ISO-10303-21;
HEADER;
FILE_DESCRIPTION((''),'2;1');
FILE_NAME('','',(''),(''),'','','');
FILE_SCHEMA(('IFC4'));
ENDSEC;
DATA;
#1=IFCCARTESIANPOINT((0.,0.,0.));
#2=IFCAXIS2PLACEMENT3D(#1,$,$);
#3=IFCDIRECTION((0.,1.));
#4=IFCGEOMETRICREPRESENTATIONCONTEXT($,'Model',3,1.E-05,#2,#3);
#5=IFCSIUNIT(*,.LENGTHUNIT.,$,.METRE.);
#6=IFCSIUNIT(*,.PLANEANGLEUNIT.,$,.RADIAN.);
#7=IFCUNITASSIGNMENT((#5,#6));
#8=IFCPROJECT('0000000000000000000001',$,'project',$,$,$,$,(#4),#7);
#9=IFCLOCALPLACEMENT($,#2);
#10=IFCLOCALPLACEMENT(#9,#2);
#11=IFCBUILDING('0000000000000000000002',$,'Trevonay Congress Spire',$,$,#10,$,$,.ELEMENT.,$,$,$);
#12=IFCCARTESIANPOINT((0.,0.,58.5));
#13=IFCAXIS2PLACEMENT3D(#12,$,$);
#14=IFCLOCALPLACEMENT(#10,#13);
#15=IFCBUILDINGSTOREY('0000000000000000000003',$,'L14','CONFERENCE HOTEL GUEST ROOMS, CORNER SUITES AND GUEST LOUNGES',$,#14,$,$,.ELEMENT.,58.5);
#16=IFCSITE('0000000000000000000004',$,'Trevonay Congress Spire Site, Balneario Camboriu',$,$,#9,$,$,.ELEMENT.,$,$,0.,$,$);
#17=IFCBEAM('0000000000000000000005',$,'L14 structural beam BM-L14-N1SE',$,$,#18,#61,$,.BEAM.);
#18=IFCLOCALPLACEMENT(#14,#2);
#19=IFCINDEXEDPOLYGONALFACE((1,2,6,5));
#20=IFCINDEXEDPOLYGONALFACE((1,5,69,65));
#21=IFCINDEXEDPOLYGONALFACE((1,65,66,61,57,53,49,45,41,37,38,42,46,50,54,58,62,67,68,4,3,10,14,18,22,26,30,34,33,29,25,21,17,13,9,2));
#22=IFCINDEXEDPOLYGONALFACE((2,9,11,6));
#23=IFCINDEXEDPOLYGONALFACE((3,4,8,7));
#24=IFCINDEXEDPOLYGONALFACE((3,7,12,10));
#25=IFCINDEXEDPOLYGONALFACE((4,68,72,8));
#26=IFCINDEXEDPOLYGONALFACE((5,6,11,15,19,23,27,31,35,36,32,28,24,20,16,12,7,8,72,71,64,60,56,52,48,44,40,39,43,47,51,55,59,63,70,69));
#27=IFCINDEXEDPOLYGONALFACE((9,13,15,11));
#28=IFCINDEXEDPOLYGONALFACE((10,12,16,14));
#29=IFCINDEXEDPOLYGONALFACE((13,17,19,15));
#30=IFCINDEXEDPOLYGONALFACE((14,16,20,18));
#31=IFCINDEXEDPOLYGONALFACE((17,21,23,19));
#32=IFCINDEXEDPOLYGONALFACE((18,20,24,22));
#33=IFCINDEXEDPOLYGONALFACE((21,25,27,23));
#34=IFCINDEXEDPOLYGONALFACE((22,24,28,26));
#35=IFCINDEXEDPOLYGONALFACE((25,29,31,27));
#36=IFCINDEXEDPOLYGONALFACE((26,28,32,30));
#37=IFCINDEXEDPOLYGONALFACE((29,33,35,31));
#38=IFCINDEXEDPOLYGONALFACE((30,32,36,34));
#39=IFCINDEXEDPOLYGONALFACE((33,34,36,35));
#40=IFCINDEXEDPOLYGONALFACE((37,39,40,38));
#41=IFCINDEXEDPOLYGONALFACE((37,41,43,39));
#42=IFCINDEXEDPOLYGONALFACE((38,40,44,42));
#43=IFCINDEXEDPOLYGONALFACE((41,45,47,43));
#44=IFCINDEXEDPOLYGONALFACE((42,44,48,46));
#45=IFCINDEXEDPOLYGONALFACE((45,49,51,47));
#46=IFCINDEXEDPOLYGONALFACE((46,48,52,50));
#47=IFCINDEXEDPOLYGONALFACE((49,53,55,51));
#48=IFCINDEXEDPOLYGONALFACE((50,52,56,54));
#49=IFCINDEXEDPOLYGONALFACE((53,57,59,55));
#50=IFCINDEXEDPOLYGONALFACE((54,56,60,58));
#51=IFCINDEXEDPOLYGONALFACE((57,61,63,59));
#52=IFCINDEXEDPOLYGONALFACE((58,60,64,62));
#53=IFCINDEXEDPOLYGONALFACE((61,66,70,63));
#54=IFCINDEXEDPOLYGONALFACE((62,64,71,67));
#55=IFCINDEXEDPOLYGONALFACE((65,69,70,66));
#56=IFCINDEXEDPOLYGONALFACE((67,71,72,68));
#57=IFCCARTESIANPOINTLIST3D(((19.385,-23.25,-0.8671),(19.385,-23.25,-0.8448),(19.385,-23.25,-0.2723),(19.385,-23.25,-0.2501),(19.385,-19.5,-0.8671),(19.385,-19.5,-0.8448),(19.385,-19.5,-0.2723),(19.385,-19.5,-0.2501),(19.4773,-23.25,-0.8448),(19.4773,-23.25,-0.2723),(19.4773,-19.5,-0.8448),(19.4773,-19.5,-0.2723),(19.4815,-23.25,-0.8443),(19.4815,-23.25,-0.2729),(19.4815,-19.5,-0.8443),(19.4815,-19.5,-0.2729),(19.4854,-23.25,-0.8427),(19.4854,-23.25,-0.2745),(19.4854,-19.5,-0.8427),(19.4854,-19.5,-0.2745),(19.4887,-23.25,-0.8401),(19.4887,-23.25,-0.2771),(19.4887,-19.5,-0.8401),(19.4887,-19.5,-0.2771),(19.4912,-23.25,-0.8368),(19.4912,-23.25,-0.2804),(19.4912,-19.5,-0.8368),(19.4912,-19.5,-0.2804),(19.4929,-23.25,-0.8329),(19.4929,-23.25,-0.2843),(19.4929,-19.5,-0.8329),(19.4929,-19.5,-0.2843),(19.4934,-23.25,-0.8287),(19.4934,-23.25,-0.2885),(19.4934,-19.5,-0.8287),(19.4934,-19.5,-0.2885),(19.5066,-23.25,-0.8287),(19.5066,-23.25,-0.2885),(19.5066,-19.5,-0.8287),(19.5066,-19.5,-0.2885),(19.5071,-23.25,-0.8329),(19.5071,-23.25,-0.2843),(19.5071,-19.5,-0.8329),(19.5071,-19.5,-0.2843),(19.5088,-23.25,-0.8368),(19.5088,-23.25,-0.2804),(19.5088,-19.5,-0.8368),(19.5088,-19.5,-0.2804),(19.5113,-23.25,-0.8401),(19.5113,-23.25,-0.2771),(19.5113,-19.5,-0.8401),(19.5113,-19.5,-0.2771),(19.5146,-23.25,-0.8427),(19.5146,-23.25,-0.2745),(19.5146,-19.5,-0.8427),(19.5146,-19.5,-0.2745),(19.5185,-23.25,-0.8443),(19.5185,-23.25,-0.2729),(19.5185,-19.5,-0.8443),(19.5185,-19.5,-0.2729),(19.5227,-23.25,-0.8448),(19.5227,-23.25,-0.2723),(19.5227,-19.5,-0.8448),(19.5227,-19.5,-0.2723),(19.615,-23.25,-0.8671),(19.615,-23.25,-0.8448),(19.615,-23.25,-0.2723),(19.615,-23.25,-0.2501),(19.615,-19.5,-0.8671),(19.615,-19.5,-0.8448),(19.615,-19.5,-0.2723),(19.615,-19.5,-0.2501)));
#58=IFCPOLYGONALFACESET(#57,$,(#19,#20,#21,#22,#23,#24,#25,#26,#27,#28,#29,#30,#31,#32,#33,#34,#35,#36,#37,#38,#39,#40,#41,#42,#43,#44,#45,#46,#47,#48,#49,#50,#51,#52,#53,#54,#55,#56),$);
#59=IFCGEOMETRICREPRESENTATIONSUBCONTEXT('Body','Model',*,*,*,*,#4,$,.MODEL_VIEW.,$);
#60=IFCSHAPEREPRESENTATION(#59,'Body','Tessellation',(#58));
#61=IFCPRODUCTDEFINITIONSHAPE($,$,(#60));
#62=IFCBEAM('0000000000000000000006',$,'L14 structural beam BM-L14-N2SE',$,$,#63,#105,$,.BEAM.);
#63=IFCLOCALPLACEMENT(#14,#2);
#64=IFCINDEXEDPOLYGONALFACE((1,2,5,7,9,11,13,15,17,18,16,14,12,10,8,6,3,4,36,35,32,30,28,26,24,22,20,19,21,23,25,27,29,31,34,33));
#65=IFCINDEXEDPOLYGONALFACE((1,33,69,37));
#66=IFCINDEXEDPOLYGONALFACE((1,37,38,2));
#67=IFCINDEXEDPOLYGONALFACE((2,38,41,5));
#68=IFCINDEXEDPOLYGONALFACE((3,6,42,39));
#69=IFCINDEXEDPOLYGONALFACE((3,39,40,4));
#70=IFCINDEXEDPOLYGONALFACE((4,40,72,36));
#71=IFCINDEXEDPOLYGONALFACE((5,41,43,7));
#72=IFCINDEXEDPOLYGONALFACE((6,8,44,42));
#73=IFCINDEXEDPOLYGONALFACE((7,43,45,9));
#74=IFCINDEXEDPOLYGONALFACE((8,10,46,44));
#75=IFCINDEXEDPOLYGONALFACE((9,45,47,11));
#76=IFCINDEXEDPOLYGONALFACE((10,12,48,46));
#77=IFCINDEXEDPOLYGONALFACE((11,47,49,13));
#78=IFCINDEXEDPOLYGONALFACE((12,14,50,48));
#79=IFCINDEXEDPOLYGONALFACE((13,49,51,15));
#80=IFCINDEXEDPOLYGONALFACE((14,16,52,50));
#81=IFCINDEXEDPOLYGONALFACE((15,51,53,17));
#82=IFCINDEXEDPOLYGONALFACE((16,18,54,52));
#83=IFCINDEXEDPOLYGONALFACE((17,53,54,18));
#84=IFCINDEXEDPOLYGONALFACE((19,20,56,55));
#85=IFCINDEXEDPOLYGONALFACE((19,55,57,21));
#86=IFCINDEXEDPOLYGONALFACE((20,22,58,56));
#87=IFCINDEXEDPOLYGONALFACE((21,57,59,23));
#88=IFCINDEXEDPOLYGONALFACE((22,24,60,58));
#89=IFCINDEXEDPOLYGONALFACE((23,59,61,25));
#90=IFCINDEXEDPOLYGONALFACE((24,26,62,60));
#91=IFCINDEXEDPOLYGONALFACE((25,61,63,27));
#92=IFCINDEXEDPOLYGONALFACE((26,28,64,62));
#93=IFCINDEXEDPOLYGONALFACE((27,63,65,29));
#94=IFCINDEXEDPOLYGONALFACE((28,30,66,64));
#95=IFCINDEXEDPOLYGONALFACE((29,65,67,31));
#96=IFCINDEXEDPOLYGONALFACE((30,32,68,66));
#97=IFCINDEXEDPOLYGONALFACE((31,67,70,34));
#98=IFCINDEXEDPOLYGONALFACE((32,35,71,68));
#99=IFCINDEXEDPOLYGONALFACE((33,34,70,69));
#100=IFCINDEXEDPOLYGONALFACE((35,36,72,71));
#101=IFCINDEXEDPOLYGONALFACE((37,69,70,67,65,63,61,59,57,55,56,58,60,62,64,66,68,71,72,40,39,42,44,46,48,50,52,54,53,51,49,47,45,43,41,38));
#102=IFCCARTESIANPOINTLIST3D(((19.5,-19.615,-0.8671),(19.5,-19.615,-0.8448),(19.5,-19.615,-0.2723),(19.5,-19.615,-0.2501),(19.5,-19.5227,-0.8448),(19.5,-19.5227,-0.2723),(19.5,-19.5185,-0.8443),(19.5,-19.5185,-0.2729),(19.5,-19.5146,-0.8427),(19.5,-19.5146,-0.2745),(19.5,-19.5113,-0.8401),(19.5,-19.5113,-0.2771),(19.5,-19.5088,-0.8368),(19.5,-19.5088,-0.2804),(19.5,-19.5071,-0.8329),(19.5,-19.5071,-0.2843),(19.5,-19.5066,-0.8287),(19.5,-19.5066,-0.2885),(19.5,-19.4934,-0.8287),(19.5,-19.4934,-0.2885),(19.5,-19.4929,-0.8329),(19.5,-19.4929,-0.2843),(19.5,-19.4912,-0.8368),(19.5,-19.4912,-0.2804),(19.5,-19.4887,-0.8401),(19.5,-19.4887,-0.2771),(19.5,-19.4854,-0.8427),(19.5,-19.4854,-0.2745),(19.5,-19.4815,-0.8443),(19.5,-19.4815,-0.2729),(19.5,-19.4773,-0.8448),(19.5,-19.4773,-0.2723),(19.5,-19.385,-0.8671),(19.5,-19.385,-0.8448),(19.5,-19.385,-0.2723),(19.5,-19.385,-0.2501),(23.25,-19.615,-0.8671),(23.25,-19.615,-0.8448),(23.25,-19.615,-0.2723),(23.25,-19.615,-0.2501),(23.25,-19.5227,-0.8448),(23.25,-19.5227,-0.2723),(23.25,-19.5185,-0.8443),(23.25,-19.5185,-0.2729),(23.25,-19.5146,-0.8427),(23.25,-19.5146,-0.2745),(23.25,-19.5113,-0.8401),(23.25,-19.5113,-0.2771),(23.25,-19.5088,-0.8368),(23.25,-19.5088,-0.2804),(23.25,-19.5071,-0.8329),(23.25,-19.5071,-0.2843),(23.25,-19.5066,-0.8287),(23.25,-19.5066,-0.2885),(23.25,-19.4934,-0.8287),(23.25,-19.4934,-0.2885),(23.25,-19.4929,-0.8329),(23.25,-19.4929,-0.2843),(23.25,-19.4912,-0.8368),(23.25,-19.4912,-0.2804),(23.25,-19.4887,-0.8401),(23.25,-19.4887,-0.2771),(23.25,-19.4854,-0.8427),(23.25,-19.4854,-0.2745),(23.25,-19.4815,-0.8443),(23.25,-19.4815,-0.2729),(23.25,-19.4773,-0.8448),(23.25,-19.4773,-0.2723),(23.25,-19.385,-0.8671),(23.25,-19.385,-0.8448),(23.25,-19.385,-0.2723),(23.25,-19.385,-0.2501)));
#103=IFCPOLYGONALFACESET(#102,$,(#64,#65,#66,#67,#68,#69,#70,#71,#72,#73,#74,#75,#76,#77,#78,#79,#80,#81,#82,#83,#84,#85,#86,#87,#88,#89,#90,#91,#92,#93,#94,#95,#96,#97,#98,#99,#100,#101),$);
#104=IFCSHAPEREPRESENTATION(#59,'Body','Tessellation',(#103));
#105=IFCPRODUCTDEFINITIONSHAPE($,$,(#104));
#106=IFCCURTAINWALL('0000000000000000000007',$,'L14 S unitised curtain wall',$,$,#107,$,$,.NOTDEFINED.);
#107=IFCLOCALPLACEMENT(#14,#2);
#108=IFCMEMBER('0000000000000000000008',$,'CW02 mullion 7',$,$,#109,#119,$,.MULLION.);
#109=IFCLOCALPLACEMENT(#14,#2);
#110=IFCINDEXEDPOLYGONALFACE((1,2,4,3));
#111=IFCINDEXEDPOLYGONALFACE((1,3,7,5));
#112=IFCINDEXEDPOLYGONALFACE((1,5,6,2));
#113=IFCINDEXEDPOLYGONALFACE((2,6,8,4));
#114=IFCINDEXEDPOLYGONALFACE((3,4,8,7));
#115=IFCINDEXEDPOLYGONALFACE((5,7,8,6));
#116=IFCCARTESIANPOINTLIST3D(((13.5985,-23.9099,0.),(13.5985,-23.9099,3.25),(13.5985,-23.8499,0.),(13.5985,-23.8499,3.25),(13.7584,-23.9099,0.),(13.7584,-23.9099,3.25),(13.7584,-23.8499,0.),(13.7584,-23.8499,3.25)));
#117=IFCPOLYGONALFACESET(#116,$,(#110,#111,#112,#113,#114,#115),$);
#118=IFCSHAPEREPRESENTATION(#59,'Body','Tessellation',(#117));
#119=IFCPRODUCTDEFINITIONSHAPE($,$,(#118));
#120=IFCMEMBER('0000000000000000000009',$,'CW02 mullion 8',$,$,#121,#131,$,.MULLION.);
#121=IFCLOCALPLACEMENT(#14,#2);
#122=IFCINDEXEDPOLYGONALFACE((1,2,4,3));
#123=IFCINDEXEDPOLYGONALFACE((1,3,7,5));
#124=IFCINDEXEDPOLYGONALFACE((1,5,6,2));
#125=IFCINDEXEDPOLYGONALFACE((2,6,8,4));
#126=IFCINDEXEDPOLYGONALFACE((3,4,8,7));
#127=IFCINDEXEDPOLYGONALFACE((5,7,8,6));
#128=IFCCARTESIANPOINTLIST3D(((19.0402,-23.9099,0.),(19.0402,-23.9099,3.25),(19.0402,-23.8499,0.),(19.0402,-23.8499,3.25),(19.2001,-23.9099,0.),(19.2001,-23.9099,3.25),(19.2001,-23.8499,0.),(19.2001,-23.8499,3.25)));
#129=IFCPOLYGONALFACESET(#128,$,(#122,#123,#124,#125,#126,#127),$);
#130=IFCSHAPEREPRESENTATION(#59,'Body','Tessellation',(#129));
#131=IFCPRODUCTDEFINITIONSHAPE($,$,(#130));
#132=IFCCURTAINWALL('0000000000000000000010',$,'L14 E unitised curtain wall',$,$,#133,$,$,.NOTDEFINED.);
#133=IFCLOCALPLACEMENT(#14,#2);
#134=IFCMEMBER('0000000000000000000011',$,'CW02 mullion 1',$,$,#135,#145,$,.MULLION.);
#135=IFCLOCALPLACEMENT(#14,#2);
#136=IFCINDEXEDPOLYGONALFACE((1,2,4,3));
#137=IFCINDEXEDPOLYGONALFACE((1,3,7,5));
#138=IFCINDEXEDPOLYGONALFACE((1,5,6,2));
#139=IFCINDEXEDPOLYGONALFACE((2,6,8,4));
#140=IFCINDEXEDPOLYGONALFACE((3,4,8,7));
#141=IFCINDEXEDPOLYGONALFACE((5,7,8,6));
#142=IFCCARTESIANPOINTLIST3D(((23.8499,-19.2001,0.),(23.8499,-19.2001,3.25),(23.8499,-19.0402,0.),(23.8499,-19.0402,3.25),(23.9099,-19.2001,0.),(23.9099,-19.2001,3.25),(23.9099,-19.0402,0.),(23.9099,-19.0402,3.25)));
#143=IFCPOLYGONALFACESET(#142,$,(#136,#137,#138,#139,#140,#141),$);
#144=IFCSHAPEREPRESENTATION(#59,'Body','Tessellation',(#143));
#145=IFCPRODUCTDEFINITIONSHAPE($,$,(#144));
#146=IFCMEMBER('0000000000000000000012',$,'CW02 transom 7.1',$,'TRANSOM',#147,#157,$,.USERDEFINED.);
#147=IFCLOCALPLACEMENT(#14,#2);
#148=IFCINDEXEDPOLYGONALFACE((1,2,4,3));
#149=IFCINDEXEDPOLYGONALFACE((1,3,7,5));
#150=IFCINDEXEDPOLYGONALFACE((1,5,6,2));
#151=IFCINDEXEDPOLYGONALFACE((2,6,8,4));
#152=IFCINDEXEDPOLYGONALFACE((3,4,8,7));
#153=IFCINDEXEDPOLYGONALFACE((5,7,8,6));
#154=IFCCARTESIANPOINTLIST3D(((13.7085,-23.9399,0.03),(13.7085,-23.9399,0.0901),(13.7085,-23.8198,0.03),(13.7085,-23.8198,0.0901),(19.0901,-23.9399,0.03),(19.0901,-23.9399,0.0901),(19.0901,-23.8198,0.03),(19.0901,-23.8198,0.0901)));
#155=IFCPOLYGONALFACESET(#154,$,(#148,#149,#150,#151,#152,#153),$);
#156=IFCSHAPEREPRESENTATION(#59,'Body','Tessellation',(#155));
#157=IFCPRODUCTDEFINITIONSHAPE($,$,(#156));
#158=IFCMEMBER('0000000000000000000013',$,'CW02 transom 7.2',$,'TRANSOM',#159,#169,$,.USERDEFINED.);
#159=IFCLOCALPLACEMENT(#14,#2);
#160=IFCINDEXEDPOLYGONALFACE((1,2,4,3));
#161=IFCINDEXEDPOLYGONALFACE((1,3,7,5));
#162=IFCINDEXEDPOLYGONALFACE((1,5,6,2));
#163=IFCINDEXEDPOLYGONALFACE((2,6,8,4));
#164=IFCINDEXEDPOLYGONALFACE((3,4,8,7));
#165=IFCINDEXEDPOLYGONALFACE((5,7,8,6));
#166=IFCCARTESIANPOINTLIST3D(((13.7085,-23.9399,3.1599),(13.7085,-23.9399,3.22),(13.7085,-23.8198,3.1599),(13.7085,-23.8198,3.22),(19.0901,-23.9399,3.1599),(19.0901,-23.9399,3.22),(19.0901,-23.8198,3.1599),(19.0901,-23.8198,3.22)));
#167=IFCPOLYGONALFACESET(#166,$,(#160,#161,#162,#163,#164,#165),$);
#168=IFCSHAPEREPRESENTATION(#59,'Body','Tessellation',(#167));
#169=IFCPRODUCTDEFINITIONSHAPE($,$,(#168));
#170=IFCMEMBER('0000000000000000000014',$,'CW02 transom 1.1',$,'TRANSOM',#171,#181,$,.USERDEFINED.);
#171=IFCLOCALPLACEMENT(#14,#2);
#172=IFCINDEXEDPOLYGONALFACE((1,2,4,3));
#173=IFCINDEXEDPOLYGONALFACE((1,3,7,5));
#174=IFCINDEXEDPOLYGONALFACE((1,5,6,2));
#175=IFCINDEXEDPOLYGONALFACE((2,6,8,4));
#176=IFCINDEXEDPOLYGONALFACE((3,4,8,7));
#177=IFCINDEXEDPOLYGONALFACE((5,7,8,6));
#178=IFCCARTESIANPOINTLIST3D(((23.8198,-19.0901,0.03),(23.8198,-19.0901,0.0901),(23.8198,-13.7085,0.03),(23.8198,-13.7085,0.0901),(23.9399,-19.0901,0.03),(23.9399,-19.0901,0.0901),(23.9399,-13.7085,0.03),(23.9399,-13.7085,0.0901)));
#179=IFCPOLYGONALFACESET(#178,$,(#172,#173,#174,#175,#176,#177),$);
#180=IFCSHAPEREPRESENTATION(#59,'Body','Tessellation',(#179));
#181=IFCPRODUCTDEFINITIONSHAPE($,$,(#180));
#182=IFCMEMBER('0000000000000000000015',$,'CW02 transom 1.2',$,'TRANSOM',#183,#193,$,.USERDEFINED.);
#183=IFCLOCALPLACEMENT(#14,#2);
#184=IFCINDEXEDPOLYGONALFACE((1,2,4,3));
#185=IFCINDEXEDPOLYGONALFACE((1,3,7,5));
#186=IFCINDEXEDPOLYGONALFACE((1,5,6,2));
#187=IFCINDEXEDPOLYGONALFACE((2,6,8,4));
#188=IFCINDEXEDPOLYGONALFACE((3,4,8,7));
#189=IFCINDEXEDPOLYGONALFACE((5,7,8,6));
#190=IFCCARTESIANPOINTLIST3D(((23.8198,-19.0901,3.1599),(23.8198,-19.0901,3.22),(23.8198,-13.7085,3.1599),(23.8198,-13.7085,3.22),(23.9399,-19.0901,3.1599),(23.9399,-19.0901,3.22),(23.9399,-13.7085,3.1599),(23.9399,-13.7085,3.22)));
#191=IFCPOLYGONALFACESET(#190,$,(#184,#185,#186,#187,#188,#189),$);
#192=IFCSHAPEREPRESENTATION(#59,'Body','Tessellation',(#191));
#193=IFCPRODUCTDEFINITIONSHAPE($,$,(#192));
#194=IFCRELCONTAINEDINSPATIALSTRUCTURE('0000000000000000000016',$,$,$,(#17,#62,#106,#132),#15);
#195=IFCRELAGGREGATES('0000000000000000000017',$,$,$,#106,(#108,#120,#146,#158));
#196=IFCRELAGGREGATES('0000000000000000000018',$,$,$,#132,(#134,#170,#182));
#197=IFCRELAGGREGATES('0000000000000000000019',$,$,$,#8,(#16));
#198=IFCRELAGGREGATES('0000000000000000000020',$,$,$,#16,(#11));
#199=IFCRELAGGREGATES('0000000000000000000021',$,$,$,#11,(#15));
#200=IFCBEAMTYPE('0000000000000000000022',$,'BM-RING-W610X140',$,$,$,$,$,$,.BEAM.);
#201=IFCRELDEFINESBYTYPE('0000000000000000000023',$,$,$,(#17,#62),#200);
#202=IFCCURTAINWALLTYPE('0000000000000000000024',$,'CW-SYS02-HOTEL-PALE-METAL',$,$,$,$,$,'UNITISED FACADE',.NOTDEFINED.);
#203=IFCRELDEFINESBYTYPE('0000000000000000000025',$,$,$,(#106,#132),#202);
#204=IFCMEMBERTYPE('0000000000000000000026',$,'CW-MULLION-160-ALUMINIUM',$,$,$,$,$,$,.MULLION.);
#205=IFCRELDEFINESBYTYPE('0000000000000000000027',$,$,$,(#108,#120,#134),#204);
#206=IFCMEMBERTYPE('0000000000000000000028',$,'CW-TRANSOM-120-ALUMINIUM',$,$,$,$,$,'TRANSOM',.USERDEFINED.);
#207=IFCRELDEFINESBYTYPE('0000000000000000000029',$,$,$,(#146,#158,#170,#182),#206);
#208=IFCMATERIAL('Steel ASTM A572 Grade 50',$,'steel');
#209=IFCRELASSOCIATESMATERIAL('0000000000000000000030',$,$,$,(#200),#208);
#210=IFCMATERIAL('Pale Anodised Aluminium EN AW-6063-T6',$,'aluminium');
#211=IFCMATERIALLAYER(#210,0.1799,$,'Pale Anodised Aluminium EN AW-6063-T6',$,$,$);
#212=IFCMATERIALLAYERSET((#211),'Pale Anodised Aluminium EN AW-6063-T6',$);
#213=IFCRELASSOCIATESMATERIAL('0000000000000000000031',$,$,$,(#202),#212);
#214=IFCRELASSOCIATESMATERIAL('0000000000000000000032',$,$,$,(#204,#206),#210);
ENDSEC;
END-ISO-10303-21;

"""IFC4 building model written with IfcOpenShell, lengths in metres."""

from ifc_helpers import new_model, si_unit, direction, frame, origin, origin_2d, place, context, subcontext, project, spatial, rectangle, i_section, extrude, material, layer, layer_set, material_profile, profile_set, type_object, element, aggregate, save


model = new_model("IFC4")

# Units and contexts
model_context = context("Model", 3, precision=1e-05, world=origin(), true_north=direction((0.0, 1.0)))
body_context = subcontext(model_context, "Body", "Model", "MODEL_VIEW")
ifc_project = project(units=[si_unit("LENGTHUNIT", "METRE"), si_unit("PLANEANGLEUNIT", "RADIAN")], contexts=[model_context])

# Site, building, storey
site_placement = place(None, origin())
site = spatial("IfcSite", under=ifc_project, at=site_placement, Name="Trevonay Congress Spire Site, Balneario Camboriu", CompositionType="ELEMENT", RefElevation=0.0)
building_placement = place(site_placement, origin())
building = spatial("IfcBuilding", under=site, at=building_placement, Name="Trevonay Congress Spire", CompositionType="ELEMENT")
storey_placement = place(building_placement, frame((0.0, 0.0, 58.5)))
storey = spatial("IfcBuildingStorey", under=building, at=storey_placement, Name="L14", Description="CONFERENCE HOTEL GUEST ROOMS, CORNER SUITES AND GUEST LOUNGES", CompositionType="ELEMENT", Elevation=58.5)

# Shared definitions
ifc_material_1 = material(Name="Steel ASTM A572 Grade 50", Category="steel")

# Beams
ifc_material_profile_1 = material_profile(ifc_material_1, i_section(OverallWidth=0.23, OverallDepth=0.6169, WebThickness=0.0132, FlangeThickness=0.0222, FilletRadius=0.0161, at=origin_2d()), Name="W610x140")
ifc_profile_set_1 = profile_set([ifc_material_profile_1], Name="Steel ASTM A572 Grade 50")
beam_type_1 = type_object("IfcBeamType", Name="BM-RING-W610X140", PredefinedType="BEAM", material=ifc_profile_set_1)
for number, where, z_axis, x_axis, name in (
    (1, (19.5, -23.25, -0.5586), (0.0, 1.0, 0.0), (-1.0, 0.0, 0.0), "L14 structural beam BM-L14-N1SE"),
    (2, (23.25, -19.5, -0.5586), (-1.0, 0.0, 0.0), (0.0, -1.0, 0.0), "L14 structural beam BM-L14-N2SE"),
):
    element("IfcBeam", number, at=place(storey_placement, frame(where, z_axis=z_axis, x_axis=x_axis)), inside=storey, type_object=beam_type_1, Name=name, PredefinedType="BEAM", context=body_context, shape_type="SweptSolid", body=[
        extrude(i_section(OverallWidth=0.23, OverallDepth=0.6169, WebThickness=0.0132, FlangeThickness=0.0222, FilletRadius=0.0161, at=origin_2d()), origin(), (0.0, 0.0, 1.0), 3.75),
    ])

# Curtain wall, members
ifc_material_2 = material(Name="Pale Anodised Aluminium EN AW-6063-T6", Category="aluminium")
ifc_layer_1 = layer(ifc_material_2, 0.1799, Name="Pale Anodised Aluminium EN AW-6063-T6")
ifc_layer_set_1 = layer_set([ifc_layer_1], Name="Pale Anodised Aluminium EN AW-6063-T6")
curtain_wall_type = type_object("IfcCurtainWallType", Name="CW-SYS02-HOTEL-PALE-METAL", ElementType="UNITISED FACADE", PredefinedType="NOTDEFINED", material=ifc_layer_set_1)
curtain_wall_1_placement = place(storey_placement, origin())
curtain_wall_1 = element("IfcCurtainWall", 3, at=curtain_wall_1_placement, inside=storey, type_object=curtain_wall_type, Name="L14 S unitised curtain wall", PredefinedType="NOTDEFINED")
ifc_material_profile_2 = material_profile(ifc_material_2, rectangle(XDim=0.0601, YDim=0.1599, at=origin_2d()), Name="CW-MULLION-160-ALUMINIUM")
ifc_profile_set_2 = profile_set([ifc_material_profile_2], Name="Pale Anodised Aluminium EN AW-6063-T6")
member_type_1 = type_object("IfcMemberType", Name="CW-MULLION-160-ALUMINIUM", PredefinedType="MULLION", material=ifc_profile_set_2)
member_1_placement = place(storey_placement, frame((13.6785, -23.8799, 0.0), z_axis=(0.0, 0.0, 1.0), x_axis=(0.0, 1.0, 0.0)))
member_1 = element("IfcMember", 4, at=member_1_placement, type_object=member_type_1, Name="CW02 mullion 7", PredefinedType="MULLION", context=body_context, shape_type="SweptSolid", body=[
    extrude(rectangle(XDim=0.0601, YDim=0.1599, at=origin_2d()), origin(), (0.0, 0.0, 1.0), 3.25),
])
member_2_placement = place(storey_placement, frame((19.1201, -23.8799, 0.0), z_axis=(0.0, 0.0, 1.0), x_axis=(0.0, 1.0, 0.0)))
member_2 = element("IfcMember", 5, at=member_2_placement, type_object=member_type_1, Name="CW02 mullion 8", PredefinedType="MULLION", context=body_context, shape_type="SweptSolid", body=[
    extrude(rectangle(XDim=0.0601, YDim=0.1599, at=origin_2d()), origin(), (0.0, 0.0, 1.0), 3.25),
])

# Curtain wall, member
curtain_wall_2_placement = place(storey_placement, origin())
curtain_wall_2 = element("IfcCurtainWall", 6, at=curtain_wall_2_placement, inside=storey, type_object=curtain_wall_type, Name="L14 E unitised curtain wall", PredefinedType="NOTDEFINED")
member_3_placement = place(storey_placement, frame((23.8799, -19.1201, 0.0), z_axis=(0.0, 0.0, 1.0), x_axis=(-1.0, 0.0, 0.0)))
member_3 = element("IfcMember", 7, at=member_3_placement, type_object=member_type_1, Name="CW02 mullion 1", PredefinedType="MULLION", context=body_context, shape_type="SweptSolid", body=[
    extrude(rectangle(XDim=0.0601, YDim=0.1599, at=origin_2d()), origin(), (0.0, 0.0, 1.0), 3.25),
])

# Members
ifc_material_profile_3 = material_profile(ifc_material_2, rectangle(XDim=0.1201, YDim=0.0601, at=origin_2d()), Name="CW-TRANSOM-120-ALUMINIUM")
ifc_profile_set_3 = profile_set([ifc_material_profile_3], Name="Pale Anodised Aluminium EN AW-6063-T6")
member_type_2 = type_object("IfcMemberType", Name="CW-TRANSOM-120-ALUMINIUM", ElementType="TRANSOM", PredefinedType="USERDEFINED", material=ifc_profile_set_3)
member_4_placement = place(storey_placement, frame((13.7085, -23.8799, 0.0601), z_axis=(1.0, 0.0, 0.0), x_axis=(0.0, 1.0, 0.0)))
member_4 = element("IfcMember", 8, at=member_4_placement, type_object=member_type_2, Name="CW02 transom 7.1", ObjectType="TRANSOM", PredefinedType="USERDEFINED", context=body_context, shape_type="SweptSolid", body=[
    extrude(rectangle(XDim=0.1201, YDim=0.0601, at=origin_2d()), origin(), (0.0, 0.0, 1.0), 5.3816),
])
member_5_placement = place(storey_placement, frame((13.7085, -23.8799, 3.1899), z_axis=(1.0, 0.0, 0.0), x_axis=(0.0, 1.0, 0.0)))
member_5 = element("IfcMember", 9, at=member_5_placement, type_object=member_type_2, Name="CW02 transom 7.2", ObjectType="TRANSOM", PredefinedType="USERDEFINED", context=body_context, shape_type="SweptSolid", body=[
    extrude(rectangle(XDim=0.1201, YDim=0.0601, at=origin_2d()), origin(), (0.0, 0.0, 1.0), 5.3816),
])
member_6_placement = place(storey_placement, frame((23.8799, -19.0901, 0.0601), z_axis=(0.0, 1.0, 0.0), x_axis=(-1.0, 0.0, 0.0)))
member_6 = element("IfcMember", 10, at=member_6_placement, type_object=member_type_2, Name="CW02 transom 1.1", ObjectType="TRANSOM", PredefinedType="USERDEFINED", context=body_context, shape_type="SweptSolid", body=[
    extrude(rectangle(XDim=0.1201, YDim=0.0601, at=origin_2d()), origin(), (0.0, 0.0, 1.0), 5.3816),
])
member_7_placement = place(storey_placement, frame((23.8799, -19.0901, 3.1899), z_axis=(0.0, 1.0, 0.0), x_axis=(-1.0, 0.0, 0.0)))
member_7 = element("IfcMember", 11, at=member_7_placement, type_object=member_type_2, Name="CW02 transom 1.2", ObjectType="TRANSOM", PredefinedType="USERDEFINED", context=body_context, shape_type="SweptSolid", body=[
    extrude(rectangle(XDim=0.1201, YDim=0.0601, at=origin_2d()), origin(), (0.0, 0.0, 1.0), 5.3816),
])

aggregate(curtain_wall_1, [member_1, member_2, member_4, member_5])
aggregate(curtain_wall_2, [member_3, member_6, member_7])

save(model, "model.ifc")
